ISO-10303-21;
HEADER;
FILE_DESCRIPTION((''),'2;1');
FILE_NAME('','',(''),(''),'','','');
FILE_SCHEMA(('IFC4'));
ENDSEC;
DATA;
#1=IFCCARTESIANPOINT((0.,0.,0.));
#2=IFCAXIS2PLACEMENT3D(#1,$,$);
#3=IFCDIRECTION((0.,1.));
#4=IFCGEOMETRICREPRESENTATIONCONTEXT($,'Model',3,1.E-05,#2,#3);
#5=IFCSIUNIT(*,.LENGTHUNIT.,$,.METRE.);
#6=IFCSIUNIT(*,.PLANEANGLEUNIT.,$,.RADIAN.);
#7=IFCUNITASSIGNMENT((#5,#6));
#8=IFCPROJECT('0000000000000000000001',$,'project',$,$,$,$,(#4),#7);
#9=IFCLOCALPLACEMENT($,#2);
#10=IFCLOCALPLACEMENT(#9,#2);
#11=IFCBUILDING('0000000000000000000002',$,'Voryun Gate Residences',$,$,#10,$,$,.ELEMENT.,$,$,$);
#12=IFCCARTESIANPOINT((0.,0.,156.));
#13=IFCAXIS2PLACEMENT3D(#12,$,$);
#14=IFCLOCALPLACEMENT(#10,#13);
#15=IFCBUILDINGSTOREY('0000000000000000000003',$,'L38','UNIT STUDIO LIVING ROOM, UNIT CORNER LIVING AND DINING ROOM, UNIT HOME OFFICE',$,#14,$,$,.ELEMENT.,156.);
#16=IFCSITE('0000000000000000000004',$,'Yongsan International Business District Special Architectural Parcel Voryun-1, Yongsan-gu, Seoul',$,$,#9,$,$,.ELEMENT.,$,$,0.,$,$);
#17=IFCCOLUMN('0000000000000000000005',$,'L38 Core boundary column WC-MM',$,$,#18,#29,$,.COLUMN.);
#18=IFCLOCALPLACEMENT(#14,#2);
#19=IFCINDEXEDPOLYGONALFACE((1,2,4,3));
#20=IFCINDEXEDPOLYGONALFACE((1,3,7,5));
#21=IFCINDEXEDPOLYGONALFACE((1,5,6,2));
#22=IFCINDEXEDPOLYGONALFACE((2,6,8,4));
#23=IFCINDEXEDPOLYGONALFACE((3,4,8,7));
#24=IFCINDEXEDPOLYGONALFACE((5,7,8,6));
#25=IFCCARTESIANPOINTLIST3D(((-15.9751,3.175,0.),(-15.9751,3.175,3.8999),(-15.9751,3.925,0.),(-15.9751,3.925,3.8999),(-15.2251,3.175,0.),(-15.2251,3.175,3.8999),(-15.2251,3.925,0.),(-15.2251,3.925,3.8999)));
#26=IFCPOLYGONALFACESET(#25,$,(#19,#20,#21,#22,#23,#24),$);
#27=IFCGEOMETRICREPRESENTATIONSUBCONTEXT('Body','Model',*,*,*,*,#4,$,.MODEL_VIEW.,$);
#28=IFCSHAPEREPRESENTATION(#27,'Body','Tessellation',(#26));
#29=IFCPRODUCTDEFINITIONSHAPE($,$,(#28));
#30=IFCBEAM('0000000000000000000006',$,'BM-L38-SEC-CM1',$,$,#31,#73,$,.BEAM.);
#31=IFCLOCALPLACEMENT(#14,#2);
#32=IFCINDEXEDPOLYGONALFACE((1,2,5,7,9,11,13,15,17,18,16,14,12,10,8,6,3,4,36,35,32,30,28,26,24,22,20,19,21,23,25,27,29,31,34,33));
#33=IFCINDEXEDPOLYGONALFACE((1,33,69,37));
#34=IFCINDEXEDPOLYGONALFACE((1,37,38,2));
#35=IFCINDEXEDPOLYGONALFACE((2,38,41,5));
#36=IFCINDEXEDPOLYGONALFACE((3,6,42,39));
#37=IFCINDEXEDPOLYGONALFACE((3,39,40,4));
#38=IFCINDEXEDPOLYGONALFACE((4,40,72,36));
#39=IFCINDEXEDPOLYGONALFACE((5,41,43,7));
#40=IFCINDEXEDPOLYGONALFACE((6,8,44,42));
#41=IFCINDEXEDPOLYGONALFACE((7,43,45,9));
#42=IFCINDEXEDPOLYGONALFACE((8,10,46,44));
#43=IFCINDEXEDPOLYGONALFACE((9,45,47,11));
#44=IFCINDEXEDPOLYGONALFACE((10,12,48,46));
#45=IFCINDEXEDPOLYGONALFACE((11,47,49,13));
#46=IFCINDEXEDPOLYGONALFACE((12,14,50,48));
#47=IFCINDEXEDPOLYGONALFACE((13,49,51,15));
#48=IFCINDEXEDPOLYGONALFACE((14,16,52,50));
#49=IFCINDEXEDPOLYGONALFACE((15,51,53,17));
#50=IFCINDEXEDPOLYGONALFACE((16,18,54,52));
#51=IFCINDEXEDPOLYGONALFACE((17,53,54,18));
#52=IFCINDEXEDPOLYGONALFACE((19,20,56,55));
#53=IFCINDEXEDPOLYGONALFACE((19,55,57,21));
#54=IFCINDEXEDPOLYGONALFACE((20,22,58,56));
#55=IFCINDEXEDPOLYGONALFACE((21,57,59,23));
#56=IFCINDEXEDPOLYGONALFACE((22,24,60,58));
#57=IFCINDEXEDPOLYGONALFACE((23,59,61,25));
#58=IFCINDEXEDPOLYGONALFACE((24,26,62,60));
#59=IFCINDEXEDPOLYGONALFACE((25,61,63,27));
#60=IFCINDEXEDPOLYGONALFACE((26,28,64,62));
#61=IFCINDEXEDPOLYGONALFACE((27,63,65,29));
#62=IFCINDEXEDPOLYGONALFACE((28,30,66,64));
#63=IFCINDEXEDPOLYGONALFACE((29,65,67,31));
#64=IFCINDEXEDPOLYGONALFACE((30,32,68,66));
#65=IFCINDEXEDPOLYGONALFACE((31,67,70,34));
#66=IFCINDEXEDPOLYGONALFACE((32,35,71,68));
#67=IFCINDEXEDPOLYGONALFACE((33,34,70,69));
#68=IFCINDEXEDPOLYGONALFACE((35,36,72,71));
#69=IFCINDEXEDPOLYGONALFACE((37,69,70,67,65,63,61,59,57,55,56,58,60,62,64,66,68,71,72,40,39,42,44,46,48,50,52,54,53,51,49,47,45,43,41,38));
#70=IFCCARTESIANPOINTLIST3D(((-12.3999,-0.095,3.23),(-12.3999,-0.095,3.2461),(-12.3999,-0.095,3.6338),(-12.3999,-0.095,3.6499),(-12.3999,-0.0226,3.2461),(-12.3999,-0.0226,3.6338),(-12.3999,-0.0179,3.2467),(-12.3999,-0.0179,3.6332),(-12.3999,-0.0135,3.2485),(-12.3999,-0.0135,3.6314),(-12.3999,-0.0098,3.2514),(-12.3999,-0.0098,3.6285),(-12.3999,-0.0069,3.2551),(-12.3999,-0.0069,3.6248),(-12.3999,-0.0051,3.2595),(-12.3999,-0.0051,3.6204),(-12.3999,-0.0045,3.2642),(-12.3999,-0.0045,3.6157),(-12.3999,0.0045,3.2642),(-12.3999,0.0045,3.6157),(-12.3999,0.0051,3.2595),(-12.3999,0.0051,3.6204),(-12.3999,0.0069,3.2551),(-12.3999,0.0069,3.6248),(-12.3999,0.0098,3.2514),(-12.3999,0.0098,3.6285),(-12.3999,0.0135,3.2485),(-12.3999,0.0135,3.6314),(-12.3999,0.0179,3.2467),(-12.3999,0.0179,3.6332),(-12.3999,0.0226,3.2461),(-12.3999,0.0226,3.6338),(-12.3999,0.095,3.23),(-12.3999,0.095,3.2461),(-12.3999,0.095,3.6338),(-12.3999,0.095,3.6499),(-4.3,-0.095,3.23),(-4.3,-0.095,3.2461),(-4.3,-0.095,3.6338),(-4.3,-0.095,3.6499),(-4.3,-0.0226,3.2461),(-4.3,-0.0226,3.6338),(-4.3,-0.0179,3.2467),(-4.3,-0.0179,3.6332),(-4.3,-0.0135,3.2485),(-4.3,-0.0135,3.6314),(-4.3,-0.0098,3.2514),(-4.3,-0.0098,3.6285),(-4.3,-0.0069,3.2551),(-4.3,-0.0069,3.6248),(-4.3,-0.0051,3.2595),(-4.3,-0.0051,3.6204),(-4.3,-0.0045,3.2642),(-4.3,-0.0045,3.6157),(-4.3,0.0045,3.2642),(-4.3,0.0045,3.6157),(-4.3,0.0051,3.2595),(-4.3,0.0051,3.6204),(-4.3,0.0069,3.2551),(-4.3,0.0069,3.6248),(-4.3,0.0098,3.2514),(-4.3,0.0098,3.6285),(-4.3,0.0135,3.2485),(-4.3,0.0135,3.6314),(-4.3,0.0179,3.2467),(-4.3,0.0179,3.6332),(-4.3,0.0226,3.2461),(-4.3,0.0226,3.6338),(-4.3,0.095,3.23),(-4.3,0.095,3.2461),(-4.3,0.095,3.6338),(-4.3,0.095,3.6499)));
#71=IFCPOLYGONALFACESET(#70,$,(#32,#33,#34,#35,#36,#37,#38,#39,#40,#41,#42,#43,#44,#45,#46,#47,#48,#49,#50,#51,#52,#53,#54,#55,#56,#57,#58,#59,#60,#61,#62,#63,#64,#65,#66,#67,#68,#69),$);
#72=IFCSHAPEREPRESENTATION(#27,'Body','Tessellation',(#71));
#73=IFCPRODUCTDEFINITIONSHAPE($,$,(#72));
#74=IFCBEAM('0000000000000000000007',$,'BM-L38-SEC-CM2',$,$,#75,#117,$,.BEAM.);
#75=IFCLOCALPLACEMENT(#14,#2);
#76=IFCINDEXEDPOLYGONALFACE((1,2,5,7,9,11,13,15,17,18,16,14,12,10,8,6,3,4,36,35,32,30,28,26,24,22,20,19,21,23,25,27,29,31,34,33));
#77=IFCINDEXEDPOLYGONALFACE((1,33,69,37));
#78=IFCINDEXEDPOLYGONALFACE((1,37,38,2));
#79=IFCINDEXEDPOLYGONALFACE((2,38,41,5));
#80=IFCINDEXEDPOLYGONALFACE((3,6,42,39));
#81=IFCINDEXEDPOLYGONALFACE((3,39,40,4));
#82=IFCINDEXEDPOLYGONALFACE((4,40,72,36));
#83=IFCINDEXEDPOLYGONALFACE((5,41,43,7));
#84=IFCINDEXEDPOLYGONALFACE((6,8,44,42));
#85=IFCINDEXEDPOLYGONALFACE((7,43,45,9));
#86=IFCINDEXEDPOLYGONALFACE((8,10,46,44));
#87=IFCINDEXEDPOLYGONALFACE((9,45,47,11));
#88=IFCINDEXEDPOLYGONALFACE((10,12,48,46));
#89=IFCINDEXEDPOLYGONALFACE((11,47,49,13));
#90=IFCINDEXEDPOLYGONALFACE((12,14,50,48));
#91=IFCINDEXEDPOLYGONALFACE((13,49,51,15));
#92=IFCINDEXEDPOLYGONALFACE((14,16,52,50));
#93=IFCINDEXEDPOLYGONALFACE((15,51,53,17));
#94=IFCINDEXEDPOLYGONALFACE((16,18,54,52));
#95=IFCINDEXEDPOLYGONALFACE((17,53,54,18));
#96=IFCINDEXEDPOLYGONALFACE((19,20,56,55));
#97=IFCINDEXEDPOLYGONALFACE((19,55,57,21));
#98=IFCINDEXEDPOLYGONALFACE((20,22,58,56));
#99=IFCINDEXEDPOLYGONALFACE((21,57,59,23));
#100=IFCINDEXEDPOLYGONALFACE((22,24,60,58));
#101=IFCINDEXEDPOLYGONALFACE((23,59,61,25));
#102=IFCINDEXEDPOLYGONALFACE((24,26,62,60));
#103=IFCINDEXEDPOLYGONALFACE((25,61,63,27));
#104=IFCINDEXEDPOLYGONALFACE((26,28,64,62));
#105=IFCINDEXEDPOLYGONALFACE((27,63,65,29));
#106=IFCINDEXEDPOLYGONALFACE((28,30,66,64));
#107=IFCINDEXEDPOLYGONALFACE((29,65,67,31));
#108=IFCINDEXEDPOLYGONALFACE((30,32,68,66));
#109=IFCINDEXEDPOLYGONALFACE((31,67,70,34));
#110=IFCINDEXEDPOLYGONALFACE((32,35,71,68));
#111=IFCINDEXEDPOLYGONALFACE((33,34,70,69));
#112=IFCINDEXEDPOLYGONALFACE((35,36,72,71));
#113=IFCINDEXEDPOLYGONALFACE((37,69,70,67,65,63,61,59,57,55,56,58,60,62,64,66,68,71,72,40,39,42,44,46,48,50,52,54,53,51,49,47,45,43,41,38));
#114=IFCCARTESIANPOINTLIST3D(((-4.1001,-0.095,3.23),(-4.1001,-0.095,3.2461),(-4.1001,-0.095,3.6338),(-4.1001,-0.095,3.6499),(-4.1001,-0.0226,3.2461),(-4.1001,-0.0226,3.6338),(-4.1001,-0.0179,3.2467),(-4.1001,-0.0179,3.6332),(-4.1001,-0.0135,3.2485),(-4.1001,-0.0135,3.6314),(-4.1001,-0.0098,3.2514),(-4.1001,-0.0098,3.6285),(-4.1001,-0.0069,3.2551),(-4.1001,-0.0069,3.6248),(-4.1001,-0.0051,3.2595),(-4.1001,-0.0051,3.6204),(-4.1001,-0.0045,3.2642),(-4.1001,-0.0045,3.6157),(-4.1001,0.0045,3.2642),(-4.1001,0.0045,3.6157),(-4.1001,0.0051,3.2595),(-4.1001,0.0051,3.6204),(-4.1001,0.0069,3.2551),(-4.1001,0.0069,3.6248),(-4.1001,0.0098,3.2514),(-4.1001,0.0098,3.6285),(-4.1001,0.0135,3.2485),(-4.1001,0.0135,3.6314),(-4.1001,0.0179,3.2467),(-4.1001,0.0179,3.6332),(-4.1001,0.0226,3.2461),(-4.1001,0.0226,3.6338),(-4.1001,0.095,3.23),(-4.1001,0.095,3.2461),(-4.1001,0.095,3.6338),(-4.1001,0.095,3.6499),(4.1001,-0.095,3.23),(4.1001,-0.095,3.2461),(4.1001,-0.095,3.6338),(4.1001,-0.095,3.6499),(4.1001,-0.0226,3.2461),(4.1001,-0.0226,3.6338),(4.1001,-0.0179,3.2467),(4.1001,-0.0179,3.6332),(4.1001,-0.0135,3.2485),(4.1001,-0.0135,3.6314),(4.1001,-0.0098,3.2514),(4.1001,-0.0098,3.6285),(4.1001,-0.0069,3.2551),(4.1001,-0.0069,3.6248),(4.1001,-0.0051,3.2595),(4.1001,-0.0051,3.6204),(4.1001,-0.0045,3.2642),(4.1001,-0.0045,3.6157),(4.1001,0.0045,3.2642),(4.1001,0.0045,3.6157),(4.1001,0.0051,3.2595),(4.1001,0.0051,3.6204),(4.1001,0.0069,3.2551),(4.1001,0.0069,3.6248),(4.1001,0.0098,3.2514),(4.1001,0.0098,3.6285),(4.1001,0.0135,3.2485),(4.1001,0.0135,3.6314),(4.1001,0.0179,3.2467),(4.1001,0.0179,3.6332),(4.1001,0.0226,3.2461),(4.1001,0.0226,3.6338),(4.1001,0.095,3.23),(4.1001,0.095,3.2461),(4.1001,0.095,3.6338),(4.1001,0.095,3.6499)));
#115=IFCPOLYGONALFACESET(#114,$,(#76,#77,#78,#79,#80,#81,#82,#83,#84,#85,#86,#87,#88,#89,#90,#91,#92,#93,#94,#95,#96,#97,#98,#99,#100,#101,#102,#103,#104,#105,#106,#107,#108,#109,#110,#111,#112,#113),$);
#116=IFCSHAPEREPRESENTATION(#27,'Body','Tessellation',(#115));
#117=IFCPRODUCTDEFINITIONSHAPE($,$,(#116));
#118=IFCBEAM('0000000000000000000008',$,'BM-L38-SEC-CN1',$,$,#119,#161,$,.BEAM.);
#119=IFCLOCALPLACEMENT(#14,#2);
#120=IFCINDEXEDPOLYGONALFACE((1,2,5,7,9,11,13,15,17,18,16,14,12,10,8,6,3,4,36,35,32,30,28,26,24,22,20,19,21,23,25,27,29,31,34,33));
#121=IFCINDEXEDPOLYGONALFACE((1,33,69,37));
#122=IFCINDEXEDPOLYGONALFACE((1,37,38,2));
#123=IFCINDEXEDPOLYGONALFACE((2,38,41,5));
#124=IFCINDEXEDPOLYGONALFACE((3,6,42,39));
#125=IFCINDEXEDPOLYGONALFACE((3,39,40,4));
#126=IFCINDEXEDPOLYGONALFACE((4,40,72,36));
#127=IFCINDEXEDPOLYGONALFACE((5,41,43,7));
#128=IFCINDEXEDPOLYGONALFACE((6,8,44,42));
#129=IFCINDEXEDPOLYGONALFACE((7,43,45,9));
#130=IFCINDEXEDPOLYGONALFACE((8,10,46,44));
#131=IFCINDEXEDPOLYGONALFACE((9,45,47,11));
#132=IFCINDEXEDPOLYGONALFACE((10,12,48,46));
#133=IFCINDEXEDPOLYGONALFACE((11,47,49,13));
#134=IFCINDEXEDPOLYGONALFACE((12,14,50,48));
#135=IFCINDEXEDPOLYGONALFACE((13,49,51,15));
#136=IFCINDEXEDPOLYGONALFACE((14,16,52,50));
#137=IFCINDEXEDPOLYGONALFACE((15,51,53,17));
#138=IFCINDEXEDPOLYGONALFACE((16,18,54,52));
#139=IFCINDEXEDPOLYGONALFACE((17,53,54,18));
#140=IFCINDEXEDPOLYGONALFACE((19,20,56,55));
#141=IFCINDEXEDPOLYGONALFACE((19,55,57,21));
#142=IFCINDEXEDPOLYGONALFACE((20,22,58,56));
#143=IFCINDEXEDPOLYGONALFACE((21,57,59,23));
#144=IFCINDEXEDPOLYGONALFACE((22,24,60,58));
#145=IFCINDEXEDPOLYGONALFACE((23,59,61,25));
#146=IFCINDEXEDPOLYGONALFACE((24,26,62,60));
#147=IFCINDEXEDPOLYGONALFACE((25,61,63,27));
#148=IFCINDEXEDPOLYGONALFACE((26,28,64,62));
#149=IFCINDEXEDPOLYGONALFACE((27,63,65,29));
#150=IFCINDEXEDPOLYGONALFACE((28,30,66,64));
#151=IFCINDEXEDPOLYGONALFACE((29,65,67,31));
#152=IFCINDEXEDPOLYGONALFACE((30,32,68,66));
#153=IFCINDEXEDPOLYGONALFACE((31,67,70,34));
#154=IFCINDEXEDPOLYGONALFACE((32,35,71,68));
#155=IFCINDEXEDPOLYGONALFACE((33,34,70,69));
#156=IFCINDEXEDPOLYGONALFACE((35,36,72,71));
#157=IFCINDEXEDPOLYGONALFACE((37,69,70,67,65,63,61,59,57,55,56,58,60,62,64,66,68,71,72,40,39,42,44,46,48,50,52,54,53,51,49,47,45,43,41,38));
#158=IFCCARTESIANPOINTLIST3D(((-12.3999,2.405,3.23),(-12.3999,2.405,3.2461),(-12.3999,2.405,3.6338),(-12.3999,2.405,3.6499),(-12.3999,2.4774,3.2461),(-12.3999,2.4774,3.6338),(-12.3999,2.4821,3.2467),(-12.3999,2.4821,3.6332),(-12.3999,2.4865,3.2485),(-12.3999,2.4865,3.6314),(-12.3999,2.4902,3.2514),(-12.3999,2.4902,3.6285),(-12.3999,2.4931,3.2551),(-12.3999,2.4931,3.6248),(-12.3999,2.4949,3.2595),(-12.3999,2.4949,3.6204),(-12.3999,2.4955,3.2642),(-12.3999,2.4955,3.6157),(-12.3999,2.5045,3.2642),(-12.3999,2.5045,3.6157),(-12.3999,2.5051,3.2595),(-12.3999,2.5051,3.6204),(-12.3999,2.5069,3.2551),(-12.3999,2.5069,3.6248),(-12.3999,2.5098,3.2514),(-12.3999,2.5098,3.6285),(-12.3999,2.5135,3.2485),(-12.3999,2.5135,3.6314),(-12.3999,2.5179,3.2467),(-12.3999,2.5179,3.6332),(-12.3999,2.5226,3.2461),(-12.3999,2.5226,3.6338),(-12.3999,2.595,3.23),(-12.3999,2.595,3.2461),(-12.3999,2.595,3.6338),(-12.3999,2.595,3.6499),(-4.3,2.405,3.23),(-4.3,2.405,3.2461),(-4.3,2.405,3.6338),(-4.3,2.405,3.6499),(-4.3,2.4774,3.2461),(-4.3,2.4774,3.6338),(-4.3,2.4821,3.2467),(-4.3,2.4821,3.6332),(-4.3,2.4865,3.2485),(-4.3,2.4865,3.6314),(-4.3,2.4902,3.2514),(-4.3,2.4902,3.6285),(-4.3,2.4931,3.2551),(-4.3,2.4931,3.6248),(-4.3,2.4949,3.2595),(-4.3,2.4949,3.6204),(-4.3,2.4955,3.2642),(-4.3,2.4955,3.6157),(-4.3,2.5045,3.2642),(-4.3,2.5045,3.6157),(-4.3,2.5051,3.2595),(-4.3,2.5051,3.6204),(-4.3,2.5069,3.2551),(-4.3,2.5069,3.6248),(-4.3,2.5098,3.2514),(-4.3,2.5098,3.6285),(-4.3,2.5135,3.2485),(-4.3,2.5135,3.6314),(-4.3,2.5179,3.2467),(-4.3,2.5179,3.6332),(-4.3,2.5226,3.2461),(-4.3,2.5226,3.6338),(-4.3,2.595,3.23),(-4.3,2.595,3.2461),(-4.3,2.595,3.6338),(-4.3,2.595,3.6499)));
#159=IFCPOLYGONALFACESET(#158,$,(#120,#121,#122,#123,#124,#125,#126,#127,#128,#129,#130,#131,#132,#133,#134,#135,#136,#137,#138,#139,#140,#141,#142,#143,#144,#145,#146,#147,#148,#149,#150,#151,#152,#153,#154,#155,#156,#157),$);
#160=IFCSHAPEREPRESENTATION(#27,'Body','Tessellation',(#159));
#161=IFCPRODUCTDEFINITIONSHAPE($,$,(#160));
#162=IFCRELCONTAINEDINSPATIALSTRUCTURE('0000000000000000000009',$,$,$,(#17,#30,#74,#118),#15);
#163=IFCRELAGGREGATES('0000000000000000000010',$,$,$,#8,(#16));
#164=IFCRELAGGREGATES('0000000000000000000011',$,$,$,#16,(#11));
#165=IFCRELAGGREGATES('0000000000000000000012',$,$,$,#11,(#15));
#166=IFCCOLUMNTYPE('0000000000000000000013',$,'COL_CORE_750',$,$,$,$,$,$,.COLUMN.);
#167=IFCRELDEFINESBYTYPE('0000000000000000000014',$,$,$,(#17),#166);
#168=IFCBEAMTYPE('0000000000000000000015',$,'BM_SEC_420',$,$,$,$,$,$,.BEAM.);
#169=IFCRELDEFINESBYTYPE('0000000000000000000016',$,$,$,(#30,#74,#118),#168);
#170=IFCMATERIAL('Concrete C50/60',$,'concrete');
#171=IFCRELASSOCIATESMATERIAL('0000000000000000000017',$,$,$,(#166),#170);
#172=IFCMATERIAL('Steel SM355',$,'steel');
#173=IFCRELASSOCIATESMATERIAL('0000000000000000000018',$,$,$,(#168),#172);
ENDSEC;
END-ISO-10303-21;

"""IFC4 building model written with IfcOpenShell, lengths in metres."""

from ifc_helpers import new_model, si_unit, direction, frame, origin, origin_2d, place, context, subcontext, project, spatial, rectangle, i_section, extrude, material, material_profile, profile_set, type_object, element, save


model = new_model("IFC4")

# Units and contexts
model_context = context("Model", 3, precision=1e-05, world=origin(), true_north=direction((0.0, 1.0)))
body_context = subcontext(model_context, "Body", "Model", "MODEL_VIEW")
ifc_project = project(units=[si_unit("LENGTHUNIT", "METRE"), si_unit("PLANEANGLEUNIT", "RADIAN")], contexts=[model_context])

# Site, building, storey
site_placement = place(None, origin())
site = spatial("IfcSite", under=ifc_project, at=site_placement, Name="Yongsan International Business District Special Architectural Parcel Voryun-1, Yongsan-gu, Seoul", CompositionType="ELEMENT", RefElevation=0.0)
building_placement = place(site_placement, origin())
building = spatial("IfcBuilding", under=site, at=building_placement, Name="Voryun Gate Residences", CompositionType="ELEMENT")
storey_placement = place(building_placement, frame((0.0, 0.0, 156.0)))
storey = spatial("IfcBuildingStorey", under=building, at=storey_placement, Name="L38", Description="UNIT STUDIO LIVING ROOM, UNIT CORNER LIVING AND DINING ROOM, UNIT HOME OFFICE", CompositionType="ELEMENT", Elevation=156.0)

# Column
ifc_material_1 = material(Name="Concrete C50/60", Category="concrete")
ifc_material_profile_1 = material_profile(ifc_material_1, rectangle(XDim=0.75, YDim=0.75, at=origin_2d()), Name="RC-750x750")
ifc_profile_set_1 = profile_set([ifc_material_profile_1], Name="Concrete C50/60")
column_type = type_object("IfcColumnType", Name="COL_CORE_750", PredefinedType="COLUMN", material=ifc_profile_set_1)
column_placement = place(storey_placement, frame((-15.6001, 3.55, 0.0), z_axis=(0.0, 0.0, 1.0), x_axis=(1.0, 0.0, 0.0)))
element("IfcColumn", 1, at=column_placement, inside=storey, type_object=column_type, Name="L38 Core boundary column WC-MM", PredefinedType="COLUMN", context=body_context, shape_type="SweptSolid", body=[
    extrude(rectangle(XDim=0.75, YDim=0.75, at=origin_2d()), origin(), (0.0, 0.0, 1.0), 3.8999),
])

# Beams
ifc_material_2 = material(Name="Steel SM355", Category="steel")
ifc_material_profile_2 = material_profile(ifc_material_2, i_section(OverallWidth=0.1899, OverallDepth=0.4199, WebThickness=0.009, FlangeThickness=0.0161, FilletRadius=0.0181, at=origin_2d()), Name="H-420x190x9x16")
ifc_profile_set_2 = profile_set([ifc_material_profile_2], Name="Steel SM355")
beam_type = type_object("IfcBeamType", Name="BM_SEC_420", PredefinedType="BEAM", material=ifc_profile_set_2)
beam_1_placement = place(storey_placement, frame((-12.3999, 0.0, 3.4399), z_axis=(1.0, 0.0, 0.0), x_axis=(0.0, 1.0, 0.0)))
element("IfcBeam", 2, at=beam_1_placement, inside=storey, type_object=beam_type, Name="BM-L38-SEC-CM1", PredefinedType="BEAM", context=body_context, shape_type="SweptSolid", body=[
    extrude(i_section(OverallWidth=0.1899, OverallDepth=0.4199, WebThickness=0.009, FlangeThickness=0.0161, FilletRadius=0.0181, at=origin_2d()), origin(), (0.0, 0.0, 1.0), 8.0999),
])
beam_2_placement = place(storey_placement, frame((-4.1001, 0.0, 3.4399), z_axis=(1.0, 0.0, 0.0), x_axis=(0.0, 1.0, 0.0)))
element("IfcBeam", 3, at=beam_2_placement, inside=storey, type_object=beam_type, Name="BM-L38-SEC-CM2", PredefinedType="BEAM", context=body_context, shape_type="SweptSolid", body=[
    extrude(i_section(OverallWidth=0.1899, OverallDepth=0.4199, WebThickness=0.009, FlangeThickness=0.0161, FilletRadius=0.0181, at=origin_2d()), origin(), (0.0, 0.0, 1.0), 8.2002),
])
beam_3_placement = place(storey_placement, frame((-12.3999, 2.5, 3.4399), z_axis=(1.0, 0.0, 0.0), x_axis=(0.0, 1.0, 0.0)))
element("IfcBeam", 4, at=beam_3_placement, inside=storey, type_object=beam_type, Name="BM-L38-SEC-CN1", PredefinedType="BEAM", context=body_context, shape_type="SweptSolid", body=[
    extrude(i_section(OverallWidth=0.1899, OverallDepth=0.4199, WebThickness=0.009, FlangeThickness=0.0161, FilletRadius=0.0181, at=origin_2d()), origin(), (0.0, 0.0, 1.0), 8.0999),
])

save(model, "model.ifc")
